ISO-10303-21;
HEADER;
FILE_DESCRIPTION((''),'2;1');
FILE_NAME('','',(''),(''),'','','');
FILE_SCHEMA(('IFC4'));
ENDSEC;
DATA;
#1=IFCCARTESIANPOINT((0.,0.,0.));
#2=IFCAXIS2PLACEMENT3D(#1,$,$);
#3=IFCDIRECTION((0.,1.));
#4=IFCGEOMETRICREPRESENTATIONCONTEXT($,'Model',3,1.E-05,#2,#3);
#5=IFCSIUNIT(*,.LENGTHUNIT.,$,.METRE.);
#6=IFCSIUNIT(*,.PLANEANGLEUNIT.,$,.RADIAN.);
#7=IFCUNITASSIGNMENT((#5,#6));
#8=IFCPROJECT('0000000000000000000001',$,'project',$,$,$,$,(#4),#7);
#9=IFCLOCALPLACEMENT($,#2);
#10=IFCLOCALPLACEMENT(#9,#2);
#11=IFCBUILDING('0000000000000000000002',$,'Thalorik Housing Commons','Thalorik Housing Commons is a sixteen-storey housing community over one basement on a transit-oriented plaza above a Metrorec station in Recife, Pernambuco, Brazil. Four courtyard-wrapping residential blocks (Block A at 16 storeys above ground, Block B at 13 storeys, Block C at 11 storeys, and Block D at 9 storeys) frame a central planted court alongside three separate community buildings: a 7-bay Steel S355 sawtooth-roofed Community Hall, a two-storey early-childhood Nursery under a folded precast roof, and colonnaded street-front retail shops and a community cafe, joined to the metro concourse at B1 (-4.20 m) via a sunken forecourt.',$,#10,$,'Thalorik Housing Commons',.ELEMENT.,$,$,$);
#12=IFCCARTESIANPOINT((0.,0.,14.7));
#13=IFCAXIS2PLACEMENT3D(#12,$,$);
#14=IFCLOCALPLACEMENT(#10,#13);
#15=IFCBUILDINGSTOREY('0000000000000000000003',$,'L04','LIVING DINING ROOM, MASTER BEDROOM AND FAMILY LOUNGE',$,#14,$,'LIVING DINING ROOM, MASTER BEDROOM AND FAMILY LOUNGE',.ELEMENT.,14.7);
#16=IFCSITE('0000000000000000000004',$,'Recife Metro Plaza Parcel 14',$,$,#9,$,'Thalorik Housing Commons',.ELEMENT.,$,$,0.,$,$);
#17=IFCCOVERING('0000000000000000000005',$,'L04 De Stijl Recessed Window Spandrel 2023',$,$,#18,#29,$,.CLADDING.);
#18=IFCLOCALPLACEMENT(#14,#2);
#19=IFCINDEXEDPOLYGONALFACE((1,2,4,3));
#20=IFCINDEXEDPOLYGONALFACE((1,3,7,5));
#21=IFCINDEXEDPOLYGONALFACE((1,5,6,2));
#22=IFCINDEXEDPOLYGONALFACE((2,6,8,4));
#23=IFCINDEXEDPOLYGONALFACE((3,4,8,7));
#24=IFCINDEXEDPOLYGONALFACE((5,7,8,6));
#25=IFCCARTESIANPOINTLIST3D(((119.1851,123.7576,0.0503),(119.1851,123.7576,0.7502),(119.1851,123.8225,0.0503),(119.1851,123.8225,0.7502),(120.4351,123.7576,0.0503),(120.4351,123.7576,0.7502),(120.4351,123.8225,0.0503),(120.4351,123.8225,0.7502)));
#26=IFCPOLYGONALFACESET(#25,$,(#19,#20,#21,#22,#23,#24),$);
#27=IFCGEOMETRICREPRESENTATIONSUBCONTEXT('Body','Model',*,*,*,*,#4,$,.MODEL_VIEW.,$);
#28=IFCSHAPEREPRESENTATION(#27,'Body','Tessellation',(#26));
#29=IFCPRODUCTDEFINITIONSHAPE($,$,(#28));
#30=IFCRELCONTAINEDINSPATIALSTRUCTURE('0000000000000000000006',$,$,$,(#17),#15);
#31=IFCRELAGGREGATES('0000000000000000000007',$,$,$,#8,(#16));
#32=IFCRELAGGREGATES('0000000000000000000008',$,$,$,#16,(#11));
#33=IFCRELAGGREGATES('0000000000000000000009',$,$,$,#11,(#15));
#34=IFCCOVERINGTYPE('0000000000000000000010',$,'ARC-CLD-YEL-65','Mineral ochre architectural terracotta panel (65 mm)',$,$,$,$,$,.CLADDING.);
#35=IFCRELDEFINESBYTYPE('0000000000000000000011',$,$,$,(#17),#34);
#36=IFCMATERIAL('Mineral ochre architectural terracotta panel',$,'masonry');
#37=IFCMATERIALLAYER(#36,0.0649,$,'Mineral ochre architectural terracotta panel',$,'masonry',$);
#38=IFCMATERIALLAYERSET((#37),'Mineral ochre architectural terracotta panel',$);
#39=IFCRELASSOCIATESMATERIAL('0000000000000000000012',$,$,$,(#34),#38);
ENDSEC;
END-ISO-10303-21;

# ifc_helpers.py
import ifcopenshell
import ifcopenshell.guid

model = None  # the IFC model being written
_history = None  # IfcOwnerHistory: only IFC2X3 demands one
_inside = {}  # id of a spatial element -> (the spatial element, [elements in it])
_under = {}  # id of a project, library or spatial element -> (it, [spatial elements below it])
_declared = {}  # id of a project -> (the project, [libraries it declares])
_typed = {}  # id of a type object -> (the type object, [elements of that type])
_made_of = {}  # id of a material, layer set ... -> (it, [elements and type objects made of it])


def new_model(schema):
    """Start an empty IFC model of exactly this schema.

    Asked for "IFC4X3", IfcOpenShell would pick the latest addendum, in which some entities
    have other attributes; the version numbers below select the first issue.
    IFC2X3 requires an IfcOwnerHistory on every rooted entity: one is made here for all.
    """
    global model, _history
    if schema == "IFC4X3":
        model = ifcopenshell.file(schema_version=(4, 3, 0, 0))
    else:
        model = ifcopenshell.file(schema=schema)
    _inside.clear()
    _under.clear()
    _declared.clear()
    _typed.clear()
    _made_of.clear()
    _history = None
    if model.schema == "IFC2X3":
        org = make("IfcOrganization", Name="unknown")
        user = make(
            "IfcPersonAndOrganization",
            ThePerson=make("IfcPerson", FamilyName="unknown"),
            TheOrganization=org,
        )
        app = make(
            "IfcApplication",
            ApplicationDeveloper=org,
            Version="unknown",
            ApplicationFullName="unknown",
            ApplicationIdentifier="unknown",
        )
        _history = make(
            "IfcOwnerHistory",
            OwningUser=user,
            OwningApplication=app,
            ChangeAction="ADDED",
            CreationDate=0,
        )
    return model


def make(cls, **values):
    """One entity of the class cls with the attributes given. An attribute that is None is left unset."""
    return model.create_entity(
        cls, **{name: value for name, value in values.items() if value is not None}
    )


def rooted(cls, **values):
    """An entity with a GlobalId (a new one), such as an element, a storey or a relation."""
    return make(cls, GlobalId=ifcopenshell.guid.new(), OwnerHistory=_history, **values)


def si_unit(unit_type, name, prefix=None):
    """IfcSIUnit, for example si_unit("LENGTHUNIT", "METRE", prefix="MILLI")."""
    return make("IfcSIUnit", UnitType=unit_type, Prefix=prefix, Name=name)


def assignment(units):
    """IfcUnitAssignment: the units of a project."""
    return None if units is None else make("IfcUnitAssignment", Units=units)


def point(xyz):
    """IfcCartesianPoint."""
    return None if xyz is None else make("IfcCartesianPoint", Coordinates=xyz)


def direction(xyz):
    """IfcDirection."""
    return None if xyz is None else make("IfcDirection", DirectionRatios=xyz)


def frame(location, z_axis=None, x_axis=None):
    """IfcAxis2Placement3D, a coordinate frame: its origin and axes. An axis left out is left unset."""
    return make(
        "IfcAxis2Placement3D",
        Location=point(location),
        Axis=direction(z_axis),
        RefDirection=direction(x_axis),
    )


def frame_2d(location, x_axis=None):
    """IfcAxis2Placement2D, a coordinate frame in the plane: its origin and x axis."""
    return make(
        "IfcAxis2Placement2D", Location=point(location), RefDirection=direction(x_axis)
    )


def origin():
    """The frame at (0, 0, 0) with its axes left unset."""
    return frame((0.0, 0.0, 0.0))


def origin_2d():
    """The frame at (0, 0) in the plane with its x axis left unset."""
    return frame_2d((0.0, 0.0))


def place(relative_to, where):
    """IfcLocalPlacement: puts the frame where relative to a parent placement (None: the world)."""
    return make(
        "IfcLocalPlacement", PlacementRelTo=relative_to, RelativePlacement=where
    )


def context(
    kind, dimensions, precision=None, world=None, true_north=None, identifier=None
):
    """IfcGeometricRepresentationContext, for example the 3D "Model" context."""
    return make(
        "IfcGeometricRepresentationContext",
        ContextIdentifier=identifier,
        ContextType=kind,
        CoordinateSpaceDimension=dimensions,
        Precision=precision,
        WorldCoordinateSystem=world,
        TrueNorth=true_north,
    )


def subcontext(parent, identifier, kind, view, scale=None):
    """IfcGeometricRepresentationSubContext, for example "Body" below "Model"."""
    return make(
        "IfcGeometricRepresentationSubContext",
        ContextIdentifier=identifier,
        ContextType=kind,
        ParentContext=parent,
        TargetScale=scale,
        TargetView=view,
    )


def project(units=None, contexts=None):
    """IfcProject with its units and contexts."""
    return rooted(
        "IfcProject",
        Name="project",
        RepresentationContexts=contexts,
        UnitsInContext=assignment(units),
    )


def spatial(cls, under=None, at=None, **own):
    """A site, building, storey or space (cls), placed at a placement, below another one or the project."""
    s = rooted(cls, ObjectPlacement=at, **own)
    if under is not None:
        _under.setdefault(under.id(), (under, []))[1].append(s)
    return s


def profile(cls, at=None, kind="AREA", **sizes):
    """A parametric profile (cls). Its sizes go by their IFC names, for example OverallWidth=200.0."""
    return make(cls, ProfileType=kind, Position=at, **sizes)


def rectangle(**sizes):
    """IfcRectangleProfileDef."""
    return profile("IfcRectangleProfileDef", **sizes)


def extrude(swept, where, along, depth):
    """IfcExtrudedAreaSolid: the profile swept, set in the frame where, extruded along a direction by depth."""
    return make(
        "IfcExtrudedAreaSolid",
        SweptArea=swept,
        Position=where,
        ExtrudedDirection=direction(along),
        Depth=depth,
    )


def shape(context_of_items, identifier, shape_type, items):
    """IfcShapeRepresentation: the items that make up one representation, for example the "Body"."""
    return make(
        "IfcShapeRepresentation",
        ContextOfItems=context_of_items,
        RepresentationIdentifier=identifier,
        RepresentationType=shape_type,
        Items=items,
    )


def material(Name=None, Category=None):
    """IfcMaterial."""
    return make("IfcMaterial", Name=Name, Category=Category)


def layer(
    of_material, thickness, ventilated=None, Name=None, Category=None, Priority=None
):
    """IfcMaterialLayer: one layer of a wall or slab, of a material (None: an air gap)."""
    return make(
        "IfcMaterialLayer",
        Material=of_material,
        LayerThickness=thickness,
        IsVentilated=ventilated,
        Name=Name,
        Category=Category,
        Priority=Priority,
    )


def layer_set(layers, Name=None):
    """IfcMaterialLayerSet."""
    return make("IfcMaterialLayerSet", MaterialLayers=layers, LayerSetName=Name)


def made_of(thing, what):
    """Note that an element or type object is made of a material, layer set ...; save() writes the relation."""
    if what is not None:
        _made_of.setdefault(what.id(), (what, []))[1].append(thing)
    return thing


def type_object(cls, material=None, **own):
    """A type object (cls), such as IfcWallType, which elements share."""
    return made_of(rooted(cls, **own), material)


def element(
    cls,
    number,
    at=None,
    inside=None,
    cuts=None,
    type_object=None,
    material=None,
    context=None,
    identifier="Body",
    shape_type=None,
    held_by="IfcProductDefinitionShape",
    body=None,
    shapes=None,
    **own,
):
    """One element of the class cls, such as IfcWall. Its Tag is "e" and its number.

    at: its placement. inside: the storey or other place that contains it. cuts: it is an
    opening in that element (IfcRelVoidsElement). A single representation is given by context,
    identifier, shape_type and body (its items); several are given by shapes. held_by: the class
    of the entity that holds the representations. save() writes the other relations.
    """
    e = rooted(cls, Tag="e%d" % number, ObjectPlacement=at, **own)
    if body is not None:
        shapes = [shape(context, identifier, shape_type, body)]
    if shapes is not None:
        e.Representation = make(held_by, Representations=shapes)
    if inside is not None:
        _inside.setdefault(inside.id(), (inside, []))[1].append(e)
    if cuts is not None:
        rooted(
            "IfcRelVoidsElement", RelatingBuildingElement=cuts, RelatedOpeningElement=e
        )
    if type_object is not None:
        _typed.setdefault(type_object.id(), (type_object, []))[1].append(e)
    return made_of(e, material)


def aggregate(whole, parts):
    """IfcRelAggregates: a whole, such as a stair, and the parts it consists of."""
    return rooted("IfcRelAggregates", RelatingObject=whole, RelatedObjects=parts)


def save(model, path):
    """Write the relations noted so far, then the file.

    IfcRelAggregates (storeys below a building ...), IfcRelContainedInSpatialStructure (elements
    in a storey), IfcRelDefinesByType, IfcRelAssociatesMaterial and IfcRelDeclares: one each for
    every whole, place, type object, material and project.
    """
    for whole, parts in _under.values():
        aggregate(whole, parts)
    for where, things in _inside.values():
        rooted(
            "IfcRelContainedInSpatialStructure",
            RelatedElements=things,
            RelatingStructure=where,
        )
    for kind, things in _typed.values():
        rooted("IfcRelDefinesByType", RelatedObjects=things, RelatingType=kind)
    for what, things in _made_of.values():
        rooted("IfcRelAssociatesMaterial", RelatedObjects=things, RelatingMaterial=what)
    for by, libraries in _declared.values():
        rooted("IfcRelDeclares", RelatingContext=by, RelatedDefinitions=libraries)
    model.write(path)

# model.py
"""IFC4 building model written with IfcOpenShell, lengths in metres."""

from ifc_helpers import new_model, si_unit, direction, frame, origin, origin_2d, place, context, subcontext, project, spatial, rectangle, extrude, material, layer, layer_set, type_object, element, save


model = new_model("IFC4")

# Units and contexts
model_context = context("Model", 3, precision=1e-05, world=origin(), true_north=direction((0.0, 1.0)))
body_context = subcontext(model_context, "Body", "Model", "MODEL_VIEW")
ifc_project = project(units=[si_unit("LENGTHUNIT", "METRE"), si_unit("PLANEANGLEUNIT", "RADIAN")], contexts=[model_context])

# Site, building, storey
site_placement = place(None, origin())
site = spatial("IfcSite", under=ifc_project, at=site_placement, Name="Recife Metro Plaza Parcel 14", LongName="Thalorik Housing Commons", CompositionType="ELEMENT", RefElevation=0.0)
building_placement = place(site_placement, origin())
building = spatial("IfcBuilding", under=site, at=building_placement, Name="Thalorik Housing Commons", Description="Thalorik Housing Commons is a sixteen-storey housing community over one basement on a transit-oriented plaza above a Metrorec station in Recife, Pernambuco, Brazil. Four courtyard-wrapping residential blocks (Block A at 16 storeys above ground, Block B at 13 storeys, Block C at 11 storeys, and Block D at 9 storeys) frame a central planted court alongside three separate community buildings: a 7-bay Steel S355 sawtooth-roofed Community Hall, a two-storey early-childhood Nursery under a folded precast roof, and colonnaded street-front retail shops and a community cafe, joined to the metro concourse at B1 (-4.20 m) via a sunken forecourt.", LongName="Thalorik Housing Commons", CompositionType="ELEMENT")
storey_placement = place(building_placement, frame((0.0, 0.0, 14.7)))
storey = spatial("IfcBuildingStorey", under=building, at=storey_placement, Name="L04", Description="LIVING DINING ROOM, MASTER BEDROOM AND FAMILY LOUNGE", LongName="LIVING DINING ROOM, MASTER BEDROOM AND FAMILY LOUNGE", CompositionType="ELEMENT", Elevation=14.7)

# Covering
ifc_material_1 = material(Name="Mineral ochre architectural terracotta panel", Category="masonry")
ifc_layer_1 = layer(ifc_material_1, 0.0649, Name="Mineral ochre architectural terracotta panel", Category="masonry")
ifc_layer_set_1 = layer_set([ifc_layer_1], Name="Mineral ochre architectural terracotta panel")
covering_type_1 = type_object("IfcCoveringType", Name="ARC-CLD-YEL-65", Description="Mineral ochre architectural terracotta panel (65 mm)", PredefinedType="CLADDING", material=ifc_layer_set_1)
covering_1_placement = place(storey_placement, frame((119.8101, 123.79, 0.0503), z_axis=(0.0, 0.0, 1.0), x_axis=(-1.0, 0.0, 0.0)))
element("IfcCovering", 1, at=covering_1_placement, inside=storey, type_object=covering_type_1, Name="L04 De Stijl Recessed Window Spandrel 2023", PredefinedType="CLADDING", context=body_context, shape_type="SweptSolid", body=[
    extrude(rectangle(XDim=1.25, YDim=0.0649, at=origin_2d()), origin(), (0.0, 0.0, 1.0), 0.7),
])

save(model, "model.ifc")
